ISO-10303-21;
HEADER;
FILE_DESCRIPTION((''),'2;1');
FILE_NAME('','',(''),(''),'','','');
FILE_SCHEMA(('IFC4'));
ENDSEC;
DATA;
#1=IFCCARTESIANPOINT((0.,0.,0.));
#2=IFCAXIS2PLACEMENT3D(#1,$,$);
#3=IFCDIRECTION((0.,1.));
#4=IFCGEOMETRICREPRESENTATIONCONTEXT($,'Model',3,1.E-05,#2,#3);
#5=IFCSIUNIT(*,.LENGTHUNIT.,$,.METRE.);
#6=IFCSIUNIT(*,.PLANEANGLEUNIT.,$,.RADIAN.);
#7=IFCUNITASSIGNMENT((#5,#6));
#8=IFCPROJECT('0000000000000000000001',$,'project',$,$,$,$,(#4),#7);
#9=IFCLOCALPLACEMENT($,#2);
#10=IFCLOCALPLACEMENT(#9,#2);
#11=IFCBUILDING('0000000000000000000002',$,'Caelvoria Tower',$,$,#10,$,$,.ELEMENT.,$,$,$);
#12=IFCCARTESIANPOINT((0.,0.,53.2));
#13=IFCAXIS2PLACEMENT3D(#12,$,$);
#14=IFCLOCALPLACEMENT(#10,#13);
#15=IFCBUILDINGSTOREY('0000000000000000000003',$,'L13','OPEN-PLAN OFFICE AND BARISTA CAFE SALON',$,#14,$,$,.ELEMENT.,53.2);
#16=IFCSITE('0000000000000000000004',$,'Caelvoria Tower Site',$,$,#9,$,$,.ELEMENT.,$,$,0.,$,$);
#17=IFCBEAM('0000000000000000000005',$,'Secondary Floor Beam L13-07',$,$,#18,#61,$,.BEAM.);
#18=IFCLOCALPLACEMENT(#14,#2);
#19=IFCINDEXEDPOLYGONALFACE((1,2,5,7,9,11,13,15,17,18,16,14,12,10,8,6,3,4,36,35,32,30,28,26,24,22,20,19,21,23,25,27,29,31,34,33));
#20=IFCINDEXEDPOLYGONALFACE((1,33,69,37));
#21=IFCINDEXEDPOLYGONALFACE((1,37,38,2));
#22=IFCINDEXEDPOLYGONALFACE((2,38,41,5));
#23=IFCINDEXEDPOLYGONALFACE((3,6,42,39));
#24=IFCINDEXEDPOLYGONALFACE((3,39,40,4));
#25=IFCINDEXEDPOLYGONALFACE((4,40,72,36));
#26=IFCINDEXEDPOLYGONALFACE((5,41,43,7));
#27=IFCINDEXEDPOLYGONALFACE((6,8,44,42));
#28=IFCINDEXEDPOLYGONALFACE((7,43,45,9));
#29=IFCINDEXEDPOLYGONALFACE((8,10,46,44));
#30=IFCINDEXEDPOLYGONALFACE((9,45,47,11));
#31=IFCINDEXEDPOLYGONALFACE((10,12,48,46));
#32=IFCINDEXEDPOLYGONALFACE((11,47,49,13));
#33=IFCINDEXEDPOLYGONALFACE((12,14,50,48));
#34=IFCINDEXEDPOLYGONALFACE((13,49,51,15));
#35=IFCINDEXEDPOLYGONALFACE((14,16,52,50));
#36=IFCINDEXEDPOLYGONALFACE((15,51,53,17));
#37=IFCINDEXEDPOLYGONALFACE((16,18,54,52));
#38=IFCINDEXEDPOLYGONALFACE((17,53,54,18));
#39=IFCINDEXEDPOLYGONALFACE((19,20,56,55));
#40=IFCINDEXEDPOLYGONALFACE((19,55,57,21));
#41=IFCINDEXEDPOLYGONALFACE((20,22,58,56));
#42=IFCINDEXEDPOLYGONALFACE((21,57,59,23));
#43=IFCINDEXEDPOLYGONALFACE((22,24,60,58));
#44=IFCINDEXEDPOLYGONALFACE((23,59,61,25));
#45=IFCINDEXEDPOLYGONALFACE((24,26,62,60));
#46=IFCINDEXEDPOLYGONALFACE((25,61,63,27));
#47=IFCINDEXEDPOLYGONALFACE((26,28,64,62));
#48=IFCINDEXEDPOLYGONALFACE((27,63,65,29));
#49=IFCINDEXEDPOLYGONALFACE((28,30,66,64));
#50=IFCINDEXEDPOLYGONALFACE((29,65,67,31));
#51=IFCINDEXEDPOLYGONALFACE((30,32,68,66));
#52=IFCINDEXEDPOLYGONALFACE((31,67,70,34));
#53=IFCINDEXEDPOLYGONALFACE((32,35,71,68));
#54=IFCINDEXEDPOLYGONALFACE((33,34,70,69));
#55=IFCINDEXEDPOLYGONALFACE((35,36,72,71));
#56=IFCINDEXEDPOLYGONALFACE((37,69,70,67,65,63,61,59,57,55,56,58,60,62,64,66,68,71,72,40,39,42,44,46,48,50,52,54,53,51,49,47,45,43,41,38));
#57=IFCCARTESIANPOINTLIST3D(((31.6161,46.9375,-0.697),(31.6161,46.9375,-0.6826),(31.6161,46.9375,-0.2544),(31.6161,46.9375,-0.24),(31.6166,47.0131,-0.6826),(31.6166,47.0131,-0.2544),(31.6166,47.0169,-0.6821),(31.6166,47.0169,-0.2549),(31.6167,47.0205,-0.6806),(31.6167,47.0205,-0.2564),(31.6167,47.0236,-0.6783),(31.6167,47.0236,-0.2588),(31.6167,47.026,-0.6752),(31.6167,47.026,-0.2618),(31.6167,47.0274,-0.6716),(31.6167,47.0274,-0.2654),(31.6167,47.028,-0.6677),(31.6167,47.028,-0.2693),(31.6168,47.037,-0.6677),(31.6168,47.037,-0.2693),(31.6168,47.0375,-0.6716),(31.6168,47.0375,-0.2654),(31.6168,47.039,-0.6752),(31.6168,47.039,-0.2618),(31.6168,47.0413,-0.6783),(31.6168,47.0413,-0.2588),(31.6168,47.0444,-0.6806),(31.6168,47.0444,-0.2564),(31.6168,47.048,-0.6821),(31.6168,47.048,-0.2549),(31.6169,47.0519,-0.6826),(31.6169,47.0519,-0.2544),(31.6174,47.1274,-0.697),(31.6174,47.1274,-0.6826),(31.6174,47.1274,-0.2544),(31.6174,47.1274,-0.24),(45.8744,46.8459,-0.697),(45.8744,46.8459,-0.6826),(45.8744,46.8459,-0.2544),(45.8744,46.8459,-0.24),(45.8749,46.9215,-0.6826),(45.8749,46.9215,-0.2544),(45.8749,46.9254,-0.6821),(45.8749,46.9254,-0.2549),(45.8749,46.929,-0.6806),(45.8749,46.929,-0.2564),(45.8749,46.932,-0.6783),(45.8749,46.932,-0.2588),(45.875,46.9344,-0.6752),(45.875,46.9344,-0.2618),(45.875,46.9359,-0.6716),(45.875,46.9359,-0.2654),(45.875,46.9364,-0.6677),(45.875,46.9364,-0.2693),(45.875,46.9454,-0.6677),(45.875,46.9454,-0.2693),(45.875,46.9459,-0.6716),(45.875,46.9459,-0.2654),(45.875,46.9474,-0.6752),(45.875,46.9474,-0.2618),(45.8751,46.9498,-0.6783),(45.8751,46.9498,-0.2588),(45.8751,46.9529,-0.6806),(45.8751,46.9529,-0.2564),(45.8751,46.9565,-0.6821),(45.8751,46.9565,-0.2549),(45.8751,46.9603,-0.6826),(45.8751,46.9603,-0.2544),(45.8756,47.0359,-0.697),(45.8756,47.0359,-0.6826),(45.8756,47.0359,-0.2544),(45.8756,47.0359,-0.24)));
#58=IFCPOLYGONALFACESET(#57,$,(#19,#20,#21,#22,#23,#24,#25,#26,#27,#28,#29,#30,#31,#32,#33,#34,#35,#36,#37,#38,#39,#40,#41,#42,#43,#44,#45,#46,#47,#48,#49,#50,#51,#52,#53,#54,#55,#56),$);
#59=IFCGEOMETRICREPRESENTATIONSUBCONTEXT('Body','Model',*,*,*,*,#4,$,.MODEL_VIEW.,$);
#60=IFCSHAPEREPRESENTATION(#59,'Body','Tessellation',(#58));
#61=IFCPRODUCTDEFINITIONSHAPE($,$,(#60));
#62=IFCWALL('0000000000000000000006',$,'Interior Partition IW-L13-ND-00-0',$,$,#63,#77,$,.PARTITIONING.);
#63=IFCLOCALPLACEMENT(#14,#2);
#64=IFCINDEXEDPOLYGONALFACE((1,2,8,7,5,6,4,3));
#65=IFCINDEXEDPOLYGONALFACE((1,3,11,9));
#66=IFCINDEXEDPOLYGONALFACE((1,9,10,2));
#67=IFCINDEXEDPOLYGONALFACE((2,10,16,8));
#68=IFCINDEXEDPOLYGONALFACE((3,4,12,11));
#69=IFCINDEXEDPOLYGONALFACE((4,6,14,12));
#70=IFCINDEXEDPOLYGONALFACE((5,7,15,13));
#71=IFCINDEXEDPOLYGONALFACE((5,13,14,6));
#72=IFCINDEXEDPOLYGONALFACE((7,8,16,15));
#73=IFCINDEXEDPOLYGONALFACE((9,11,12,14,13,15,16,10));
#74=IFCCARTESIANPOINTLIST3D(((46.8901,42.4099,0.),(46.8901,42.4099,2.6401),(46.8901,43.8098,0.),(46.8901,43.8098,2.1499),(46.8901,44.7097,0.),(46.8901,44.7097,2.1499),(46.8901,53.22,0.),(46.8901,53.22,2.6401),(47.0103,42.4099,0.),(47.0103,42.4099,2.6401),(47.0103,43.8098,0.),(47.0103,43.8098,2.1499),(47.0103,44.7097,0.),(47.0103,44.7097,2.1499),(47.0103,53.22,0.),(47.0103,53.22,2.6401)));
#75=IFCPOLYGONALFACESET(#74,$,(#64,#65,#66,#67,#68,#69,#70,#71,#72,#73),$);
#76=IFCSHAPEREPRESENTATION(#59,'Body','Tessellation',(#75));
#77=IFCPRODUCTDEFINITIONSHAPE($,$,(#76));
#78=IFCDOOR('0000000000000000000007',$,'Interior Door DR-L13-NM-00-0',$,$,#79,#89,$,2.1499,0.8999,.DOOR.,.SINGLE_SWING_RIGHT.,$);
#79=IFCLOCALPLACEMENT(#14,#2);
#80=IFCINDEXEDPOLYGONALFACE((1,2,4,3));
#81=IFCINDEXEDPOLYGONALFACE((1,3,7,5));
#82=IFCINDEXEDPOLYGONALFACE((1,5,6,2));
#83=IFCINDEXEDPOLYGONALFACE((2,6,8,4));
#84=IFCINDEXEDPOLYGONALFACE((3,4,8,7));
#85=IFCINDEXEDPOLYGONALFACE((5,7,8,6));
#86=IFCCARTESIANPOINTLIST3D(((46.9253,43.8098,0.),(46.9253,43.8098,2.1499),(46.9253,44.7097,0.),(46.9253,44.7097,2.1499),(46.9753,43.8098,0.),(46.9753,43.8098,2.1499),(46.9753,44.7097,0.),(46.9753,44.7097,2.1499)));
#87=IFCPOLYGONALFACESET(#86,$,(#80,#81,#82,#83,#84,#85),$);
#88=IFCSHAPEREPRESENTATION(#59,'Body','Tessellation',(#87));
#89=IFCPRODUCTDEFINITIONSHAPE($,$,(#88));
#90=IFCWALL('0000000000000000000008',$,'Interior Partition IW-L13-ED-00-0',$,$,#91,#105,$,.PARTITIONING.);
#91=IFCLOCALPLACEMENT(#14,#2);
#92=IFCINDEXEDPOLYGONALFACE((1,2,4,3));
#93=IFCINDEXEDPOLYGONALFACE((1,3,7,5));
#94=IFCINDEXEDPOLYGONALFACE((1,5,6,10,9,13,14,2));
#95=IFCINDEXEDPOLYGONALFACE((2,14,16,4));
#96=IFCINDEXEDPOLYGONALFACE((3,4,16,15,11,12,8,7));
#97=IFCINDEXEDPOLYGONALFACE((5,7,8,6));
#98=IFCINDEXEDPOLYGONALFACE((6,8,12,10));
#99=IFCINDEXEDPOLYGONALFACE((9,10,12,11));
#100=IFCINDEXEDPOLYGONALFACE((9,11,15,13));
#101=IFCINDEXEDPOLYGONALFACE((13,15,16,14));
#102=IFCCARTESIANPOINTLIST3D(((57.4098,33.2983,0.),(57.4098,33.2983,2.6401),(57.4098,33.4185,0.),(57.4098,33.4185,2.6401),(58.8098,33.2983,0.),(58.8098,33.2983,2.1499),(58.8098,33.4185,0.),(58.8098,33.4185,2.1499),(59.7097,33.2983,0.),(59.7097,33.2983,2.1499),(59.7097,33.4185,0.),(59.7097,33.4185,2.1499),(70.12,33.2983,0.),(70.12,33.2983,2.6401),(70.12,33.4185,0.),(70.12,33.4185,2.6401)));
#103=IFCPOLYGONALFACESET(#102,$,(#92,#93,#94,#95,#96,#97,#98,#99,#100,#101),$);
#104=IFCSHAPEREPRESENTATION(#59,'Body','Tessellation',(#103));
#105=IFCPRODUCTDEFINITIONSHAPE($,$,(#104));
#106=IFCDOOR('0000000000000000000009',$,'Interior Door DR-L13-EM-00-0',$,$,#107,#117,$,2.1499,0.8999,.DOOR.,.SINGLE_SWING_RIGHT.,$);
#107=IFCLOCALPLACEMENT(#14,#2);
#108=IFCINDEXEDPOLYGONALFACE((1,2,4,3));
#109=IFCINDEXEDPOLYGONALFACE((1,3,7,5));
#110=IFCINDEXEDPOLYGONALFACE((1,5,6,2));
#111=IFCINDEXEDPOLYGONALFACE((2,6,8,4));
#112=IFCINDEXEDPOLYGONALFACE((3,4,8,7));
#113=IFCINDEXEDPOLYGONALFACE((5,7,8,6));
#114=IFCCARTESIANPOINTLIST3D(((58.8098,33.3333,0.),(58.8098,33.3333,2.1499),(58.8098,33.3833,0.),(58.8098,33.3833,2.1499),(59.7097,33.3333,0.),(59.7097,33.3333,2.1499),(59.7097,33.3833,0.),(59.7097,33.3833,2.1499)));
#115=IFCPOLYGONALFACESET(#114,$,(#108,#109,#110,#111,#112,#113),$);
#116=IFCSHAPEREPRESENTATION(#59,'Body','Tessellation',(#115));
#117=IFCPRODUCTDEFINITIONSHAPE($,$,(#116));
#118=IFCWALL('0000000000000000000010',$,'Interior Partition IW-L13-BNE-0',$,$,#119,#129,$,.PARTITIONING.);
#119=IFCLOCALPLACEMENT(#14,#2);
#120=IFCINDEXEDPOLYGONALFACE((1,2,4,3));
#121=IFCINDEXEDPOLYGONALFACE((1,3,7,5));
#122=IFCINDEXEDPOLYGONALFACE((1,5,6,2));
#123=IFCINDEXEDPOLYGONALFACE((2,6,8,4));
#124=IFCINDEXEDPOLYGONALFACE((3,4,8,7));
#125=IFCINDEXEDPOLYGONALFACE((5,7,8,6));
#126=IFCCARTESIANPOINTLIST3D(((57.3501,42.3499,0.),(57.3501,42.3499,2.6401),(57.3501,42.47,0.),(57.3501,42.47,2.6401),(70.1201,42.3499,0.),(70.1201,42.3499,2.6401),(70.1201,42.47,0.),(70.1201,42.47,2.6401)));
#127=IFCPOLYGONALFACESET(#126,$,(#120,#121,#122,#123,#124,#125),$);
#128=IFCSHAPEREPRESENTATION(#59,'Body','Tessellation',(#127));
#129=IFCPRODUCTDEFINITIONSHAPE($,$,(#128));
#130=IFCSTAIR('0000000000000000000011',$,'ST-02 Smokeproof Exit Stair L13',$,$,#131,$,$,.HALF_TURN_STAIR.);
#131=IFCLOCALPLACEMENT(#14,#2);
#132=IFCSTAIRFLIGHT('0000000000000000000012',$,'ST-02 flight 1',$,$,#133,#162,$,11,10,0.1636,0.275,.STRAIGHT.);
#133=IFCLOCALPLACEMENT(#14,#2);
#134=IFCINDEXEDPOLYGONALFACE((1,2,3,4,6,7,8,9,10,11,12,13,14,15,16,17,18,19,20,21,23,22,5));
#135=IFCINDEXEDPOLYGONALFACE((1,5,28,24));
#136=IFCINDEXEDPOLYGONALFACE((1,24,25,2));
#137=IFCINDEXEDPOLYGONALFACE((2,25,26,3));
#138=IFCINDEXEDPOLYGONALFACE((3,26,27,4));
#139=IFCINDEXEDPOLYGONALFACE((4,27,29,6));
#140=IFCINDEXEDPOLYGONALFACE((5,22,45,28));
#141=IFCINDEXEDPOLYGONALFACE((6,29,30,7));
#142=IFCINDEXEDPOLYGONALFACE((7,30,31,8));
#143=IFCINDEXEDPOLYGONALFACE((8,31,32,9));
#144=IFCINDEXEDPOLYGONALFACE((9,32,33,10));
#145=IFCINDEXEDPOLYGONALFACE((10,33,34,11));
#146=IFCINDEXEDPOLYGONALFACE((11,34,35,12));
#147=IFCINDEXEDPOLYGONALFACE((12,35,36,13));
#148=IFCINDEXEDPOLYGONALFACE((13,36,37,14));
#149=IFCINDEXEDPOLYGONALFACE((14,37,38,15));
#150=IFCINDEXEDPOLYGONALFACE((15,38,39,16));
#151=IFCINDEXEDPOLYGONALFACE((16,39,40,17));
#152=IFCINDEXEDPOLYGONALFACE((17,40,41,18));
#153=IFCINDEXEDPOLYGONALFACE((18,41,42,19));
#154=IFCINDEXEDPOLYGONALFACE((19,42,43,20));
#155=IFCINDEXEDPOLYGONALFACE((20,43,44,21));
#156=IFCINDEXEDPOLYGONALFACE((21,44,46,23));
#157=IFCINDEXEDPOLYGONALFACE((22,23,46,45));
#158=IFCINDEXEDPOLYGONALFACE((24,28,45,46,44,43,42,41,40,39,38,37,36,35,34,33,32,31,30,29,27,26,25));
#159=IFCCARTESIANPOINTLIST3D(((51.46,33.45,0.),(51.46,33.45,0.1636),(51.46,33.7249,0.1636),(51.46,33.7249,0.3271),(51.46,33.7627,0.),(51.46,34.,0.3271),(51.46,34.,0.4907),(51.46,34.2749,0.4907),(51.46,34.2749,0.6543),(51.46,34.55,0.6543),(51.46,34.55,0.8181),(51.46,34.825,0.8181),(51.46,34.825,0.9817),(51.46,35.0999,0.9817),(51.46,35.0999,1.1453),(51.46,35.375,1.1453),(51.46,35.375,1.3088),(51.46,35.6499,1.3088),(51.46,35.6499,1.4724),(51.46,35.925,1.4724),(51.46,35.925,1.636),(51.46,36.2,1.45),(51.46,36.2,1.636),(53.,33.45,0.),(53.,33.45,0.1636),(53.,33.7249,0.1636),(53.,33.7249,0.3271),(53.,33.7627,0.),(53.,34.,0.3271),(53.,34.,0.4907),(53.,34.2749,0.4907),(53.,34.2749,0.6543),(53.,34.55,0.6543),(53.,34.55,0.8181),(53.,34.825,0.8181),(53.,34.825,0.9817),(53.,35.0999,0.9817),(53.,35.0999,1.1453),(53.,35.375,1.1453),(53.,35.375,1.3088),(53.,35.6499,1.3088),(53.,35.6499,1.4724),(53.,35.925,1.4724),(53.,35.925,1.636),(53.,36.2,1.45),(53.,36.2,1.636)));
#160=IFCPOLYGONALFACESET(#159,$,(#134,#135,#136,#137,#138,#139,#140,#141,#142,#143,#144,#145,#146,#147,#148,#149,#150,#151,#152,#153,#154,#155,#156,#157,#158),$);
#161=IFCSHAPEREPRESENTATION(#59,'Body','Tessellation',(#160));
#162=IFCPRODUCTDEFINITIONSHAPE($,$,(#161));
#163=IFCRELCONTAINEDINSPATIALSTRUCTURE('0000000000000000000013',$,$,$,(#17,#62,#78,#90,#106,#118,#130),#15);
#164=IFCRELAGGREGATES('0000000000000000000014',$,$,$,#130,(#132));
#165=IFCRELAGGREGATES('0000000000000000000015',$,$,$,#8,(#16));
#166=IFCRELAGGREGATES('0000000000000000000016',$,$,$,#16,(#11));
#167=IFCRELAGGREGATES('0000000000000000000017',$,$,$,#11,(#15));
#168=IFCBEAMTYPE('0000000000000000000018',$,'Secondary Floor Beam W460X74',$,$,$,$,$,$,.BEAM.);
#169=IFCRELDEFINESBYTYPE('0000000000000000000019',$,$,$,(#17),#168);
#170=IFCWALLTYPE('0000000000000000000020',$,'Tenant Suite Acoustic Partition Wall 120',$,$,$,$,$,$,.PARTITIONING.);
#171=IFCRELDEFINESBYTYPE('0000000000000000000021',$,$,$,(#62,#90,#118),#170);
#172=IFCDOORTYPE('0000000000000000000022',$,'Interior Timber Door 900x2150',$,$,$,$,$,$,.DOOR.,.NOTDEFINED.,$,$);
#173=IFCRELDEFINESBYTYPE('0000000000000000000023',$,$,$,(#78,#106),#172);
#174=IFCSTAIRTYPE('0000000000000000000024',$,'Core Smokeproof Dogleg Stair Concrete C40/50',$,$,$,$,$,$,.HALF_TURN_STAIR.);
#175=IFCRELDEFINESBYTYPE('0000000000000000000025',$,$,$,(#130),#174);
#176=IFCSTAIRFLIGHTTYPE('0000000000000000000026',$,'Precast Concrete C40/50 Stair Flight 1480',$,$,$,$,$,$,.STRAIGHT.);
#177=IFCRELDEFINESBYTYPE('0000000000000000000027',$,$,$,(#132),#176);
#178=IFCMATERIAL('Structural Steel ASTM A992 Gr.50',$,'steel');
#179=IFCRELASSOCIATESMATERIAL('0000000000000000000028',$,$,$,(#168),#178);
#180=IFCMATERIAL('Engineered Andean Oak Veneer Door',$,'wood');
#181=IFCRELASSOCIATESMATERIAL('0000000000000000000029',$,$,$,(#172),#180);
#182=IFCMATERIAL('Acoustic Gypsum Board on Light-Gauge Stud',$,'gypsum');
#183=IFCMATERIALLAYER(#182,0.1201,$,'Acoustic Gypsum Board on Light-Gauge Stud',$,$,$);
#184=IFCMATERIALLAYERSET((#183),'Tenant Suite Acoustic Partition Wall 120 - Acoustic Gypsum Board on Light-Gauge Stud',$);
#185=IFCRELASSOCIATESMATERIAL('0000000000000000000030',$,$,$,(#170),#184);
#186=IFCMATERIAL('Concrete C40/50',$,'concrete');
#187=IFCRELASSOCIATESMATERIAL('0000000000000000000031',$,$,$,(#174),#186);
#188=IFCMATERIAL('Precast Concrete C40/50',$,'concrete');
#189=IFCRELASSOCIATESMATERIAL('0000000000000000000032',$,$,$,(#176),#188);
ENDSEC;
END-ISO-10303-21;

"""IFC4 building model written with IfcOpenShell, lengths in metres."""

from ifc_helpers import new_model, si_unit, direction, frame, frame_2d, origin, origin_2d, place, context, subcontext, project, spatial, polyline, rectangle, i_section, outline, extrude, material, layer, layer_set, material_profile, profile_set, type_object, element, fill, aggregate, save


model = new_model("IFC4")

# Units and contexts
model_context = context("Model", 3, precision=1e-05, world=origin(), true_north=direction((0.0, 1.0)))
body_context = subcontext(model_context, "Body", "Model", "MODEL_VIEW")
ifc_project = project(units=[si_unit("LENGTHUNIT", "METRE"), si_unit("PLANEANGLEUNIT", "RADIAN")], contexts=[model_context])

# Site, building, storey
site_placement = place(None, origin())
site = spatial("IfcSite", under=ifc_project, at=site_placement, Name="Caelvoria Tower Site", CompositionType="ELEMENT", RefElevation=0.0)
building_placement = place(site_placement, origin())
building = spatial("IfcBuilding", under=site, at=building_placement, Name="Caelvoria Tower", CompositionType="ELEMENT")
storey_placement = place(building_placement, frame((0.0, 0.0, 53.2)))
storey = spatial("IfcBuildingStorey", under=building, at=storey_placement, Name="L13", Description="OPEN-PLAN OFFICE AND BARISTA CAFE SALON", CompositionType="ELEMENT", Elevation=53.2)

# Beam
ifc_material_1 = material(Name="Structural Steel ASTM A992 Gr.50", Category="steel")
ifc_material_profile_1 = material_profile(ifc_material_1, i_section(OverallWidth=0.1899, OverallDepth=0.457, WebThickness=0.009, FlangeThickness=0.0144, FilletRadius=0.0149, at=origin_2d()), Name="Structural Steel ASTM A992 Gr.50")
ifc_profile_set_1 = profile_set([ifc_material_profile_1], Name="W460X74 - Structural Steel ASTM A992 Gr.50")
beam_type_1 = type_object("IfcBeamType", Name="Secondary Floor Beam W460X74", PredefinedType="BEAM", material=ifc_profile_set_1)
for number, where, z_axis, x_axis, name in (
    (1, (45.875, 46.9409, -0.4685), (-0.999979, 0.006421, 0.0), (-0.006421, -0.999979, 0.0), "Secondary Floor Beam L13-07"),
):
    element("IfcBeam", number, at=place(storey_placement, frame(where, z_axis=z_axis, x_axis=x_axis)), inside=storey, type_object=beam_type_1, Name=name, PredefinedType="BEAM", context=body_context, shape_type="SweptSolid", body=[
        extrude(i_section(OverallWidth=0.1899, OverallDepth=0.457, WebThickness=0.009, FlangeThickness=0.0144, FilletRadius=0.0149, at=origin_2d()), origin(), (0.0, 0.0, 1.0), 14.2585),
    ])

# Walls, openings, doors
ifc_material_2 = material(Name="Engineered Andean Oak Veneer Door", Category="wood")
door_type = type_object("IfcDoorType", Name="Interior Timber Door 900x2150", OperationType="NOTDEFINED", PredefinedType="DOOR", material=ifc_material_2)
ifc_material_3 = material(Name="Acoustic Gypsum Board on Light-Gauge Stud", Category="gypsum")
ifc_layer_1 = layer(ifc_material_3, 0.1201, Name="Acoustic Gypsum Board on Light-Gauge Stud")
ifc_layer_set_1 = layer_set([ifc_layer_1], Name="Tenant Suite Acoustic Partition Wall 120 - Acoustic Gypsum Board on Light-Gauge Stud")
wall_type_1 = type_object("IfcWallType", Name="Tenant Suite Acoustic Partition Wall 120", PredefinedType="PARTITIONING", material=ifc_layer_set_1)
wall_1_placement = place(storey_placement, frame((46.9502, 42.4099, 0.0), z_axis=(0.0, 0.0, 1.0), x_axis=(0.0, 1.0, 0.0)))
wall_1 = element("IfcWall", 2, at=wall_1_placement, inside=storey, type_object=wall_type_1, Name="Interior Partition IW-L13-ND-00-0", PredefinedType="PARTITIONING", context=body_context, shape_type="SweptSolid", body=[
    extrude(rectangle(XDim=10.8101, YDim=0.1201, at=frame_2d((5.405, 0.0))), origin(), (0.0, 0.0, 1.0), 2.6401),
])
opening_1_placement = place(wall_1_placement, frame((1.3999, 0.0, 0.0)))
opening_1 = element("IfcOpeningElement", 3, at=opening_1_placement, cuts=wall_1, PredefinedType="OPENING", context=body_context, shape_type="SweptSolid", body=[
    extrude(rectangle(XDim=0.8999, YDim=2.1499, at=frame_2d((0.45, 1.075))), frame((0.0, 0.0701, 0.0), z_axis=(0.0, -1.0, 0.0), x_axis=(1.0, 0.0, 0.0)), (0.0, 0.0, 1.0), 0.1401),
])
door_1_placement = place(opening_1_placement, origin())
door_1 = element("IfcDoor", 4, at=door_1_placement, inside=storey, type_object=door_type, Name="Interior Door DR-L13-NM-00-0", OperationType="SINGLE_SWING_RIGHT", OverallHeight=2.1499, OverallWidth=0.8999, PredefinedType="DOOR", context=body_context, shape_type="SweptSolid", body=[
    extrude(rectangle(XDim=0.8999, YDim=2.1499, at=frame_2d((0.45, 1.075))), frame((0.0, 0.0249, 0.0), z_axis=(0.0, -1.0, 0.0), x_axis=(1.0, 0.0, 0.0)), (0.0, 0.0, 1.0), 0.05),
])
fill(opening_1, door_1)
wall_2_placement = place(storey_placement, frame((57.4099, 33.3584, 0.0), z_axis=(0.0, 0.0, 1.0), x_axis=(1.0, 0.0, 0.0)))
wall_2 = element("IfcWall", 5, at=wall_2_placement, inside=storey, type_object=wall_type_1, Name="Interior Partition IW-L13-ED-00-0", PredefinedType="PARTITIONING", context=body_context, shape_type="SweptSolid", body=[
    extrude(rectangle(XDim=12.7102, YDim=0.1201, at=frame_2d((6.355, 0.0))), origin(), (0.0, 0.0, 1.0), 2.6401),
])
opening_2_placement = place(wall_2_placement, frame((1.3999, 0.0, 0.0)))
opening_2 = element("IfcOpeningElement", 6, at=opening_2_placement, cuts=wall_2, PredefinedType="OPENING", context=body_context, shape_type="SweptSolid", body=[
    extrude(rectangle(XDim=0.8999, YDim=2.1499, at=frame_2d((0.45, 1.075))), frame((0.0, 0.0701, 0.0), z_axis=(0.0, -1.0, 0.0), x_axis=(1.0, 0.0, 0.0)), (0.0, 0.0, 1.0), 0.1401),
])
door_2_placement = place(opening_2_placement, origin())
door_2 = element("IfcDoor", 7, at=door_2_placement, inside=storey, type_object=door_type, Name="Interior Door DR-L13-EM-00-0", OperationType="SINGLE_SWING_RIGHT", OverallHeight=2.1499, OverallWidth=0.8999, PredefinedType="DOOR", context=body_context, shape_type="SweptSolid", body=[
    extrude(rectangle(XDim=0.8999, YDim=2.1499, at=frame_2d((0.45, 1.075))), frame((0.0, 0.0249, 0.0), z_axis=(0.0, -1.0, 0.0), x_axis=(1.0, 0.0, 0.0)), (0.0, 0.0, 1.0), 0.05),
])
fill(opening_2, door_2)

# Wall
wall_3_placement = place(storey_placement, frame((57.3501, 42.4099, 0.0), z_axis=(0.0, 0.0, 1.0), x_axis=(1.0, 0.0, 0.0)))
element("IfcWall", 8, at=wall_3_placement, inside=storey, type_object=wall_type_1, Name="Interior Partition IW-L13-BNE-0", PredefinedType="PARTITIONING", context=body_context, shape_type="SweptSolid", body=[
    extrude(rectangle(XDim=12.77, YDim=0.1201, at=frame_2d((6.385, 0.0))), origin(), (0.0, 0.0, 1.0), 2.6401),
])

# Stair, stair flight
ifc_material_4 = material(Name="Concrete C40/50", Category="concrete")
stair_type = type_object("IfcStairType", Name="Core Smokeproof Dogleg Stair Concrete C40/50", PredefinedType="HALF_TURN_STAIR", material=ifc_material_4)
stair_placement = place(storey_placement, origin())
stair = element("IfcStair", 9, at=stair_placement, inside=storey, type_object=stair_type, Name="ST-02 Smokeproof Exit Stair L13", PredefinedType="HALF_TURN_STAIR")
ifc_material_5 = material(Name="Precast Concrete C40/50", Category="concrete")
stair_flight_type = type_object("IfcStairFlightType", Name="Precast Concrete C40/50 Stair Flight 1480", PredefinedType="STRAIGHT", material=ifc_material_5)
stair_flight_1_placement = place(storey_placement, frame((52.23, 33.45, 0.0), z_axis=(0.0, 0.0, 1.0), x_axis=(0.0, 1.0, 0.0)))
stair_flight_1 = element("IfcStairFlight", 10, at=stair_flight_1_placement, type_object=stair_flight_type, Name="ST-02 flight 1", NumberOfRisers=11, NumberOfTreads=10, PredefinedType="STRAIGHT", RiserHeight=0.1636, TreadLength=0.275, context=body_context, shape_type="SweptSolid", body=[
    extrude(outline(polyline([(0.0, 0.0), (0.0, 0.1636), (0.2749, 0.1636), (0.2749, 0.3271), (0.55, 0.3271), (0.55, 0.4907), (0.825, 0.4907), (0.825, 0.6543), (1.1001, 0.6543), (1.1001, 0.8181), (1.375, 0.8181), (1.375, 0.9817), (1.6499, 0.9817), (1.6499, 1.1453), (1.925, 1.1453), (1.925, 1.3088), (2.2, 1.3088), (2.2, 1.4724), (2.4751, 1.4724), (2.4751, 1.636), (2.75, 1.636), (2.75, 1.7996), (2.75, 1.45), (0.3127, 0.0), (0.0, 0.0)])), frame((0.0, 0.77, 0.0), z_axis=(0.0, -1.0, 0.0), x_axis=(1.0, 0.0, 0.0)), (0.0, 0.0, 1.0), 1.54),
])
aggregate(stair, [stair_flight_1])

save(model, "model.ifc")
